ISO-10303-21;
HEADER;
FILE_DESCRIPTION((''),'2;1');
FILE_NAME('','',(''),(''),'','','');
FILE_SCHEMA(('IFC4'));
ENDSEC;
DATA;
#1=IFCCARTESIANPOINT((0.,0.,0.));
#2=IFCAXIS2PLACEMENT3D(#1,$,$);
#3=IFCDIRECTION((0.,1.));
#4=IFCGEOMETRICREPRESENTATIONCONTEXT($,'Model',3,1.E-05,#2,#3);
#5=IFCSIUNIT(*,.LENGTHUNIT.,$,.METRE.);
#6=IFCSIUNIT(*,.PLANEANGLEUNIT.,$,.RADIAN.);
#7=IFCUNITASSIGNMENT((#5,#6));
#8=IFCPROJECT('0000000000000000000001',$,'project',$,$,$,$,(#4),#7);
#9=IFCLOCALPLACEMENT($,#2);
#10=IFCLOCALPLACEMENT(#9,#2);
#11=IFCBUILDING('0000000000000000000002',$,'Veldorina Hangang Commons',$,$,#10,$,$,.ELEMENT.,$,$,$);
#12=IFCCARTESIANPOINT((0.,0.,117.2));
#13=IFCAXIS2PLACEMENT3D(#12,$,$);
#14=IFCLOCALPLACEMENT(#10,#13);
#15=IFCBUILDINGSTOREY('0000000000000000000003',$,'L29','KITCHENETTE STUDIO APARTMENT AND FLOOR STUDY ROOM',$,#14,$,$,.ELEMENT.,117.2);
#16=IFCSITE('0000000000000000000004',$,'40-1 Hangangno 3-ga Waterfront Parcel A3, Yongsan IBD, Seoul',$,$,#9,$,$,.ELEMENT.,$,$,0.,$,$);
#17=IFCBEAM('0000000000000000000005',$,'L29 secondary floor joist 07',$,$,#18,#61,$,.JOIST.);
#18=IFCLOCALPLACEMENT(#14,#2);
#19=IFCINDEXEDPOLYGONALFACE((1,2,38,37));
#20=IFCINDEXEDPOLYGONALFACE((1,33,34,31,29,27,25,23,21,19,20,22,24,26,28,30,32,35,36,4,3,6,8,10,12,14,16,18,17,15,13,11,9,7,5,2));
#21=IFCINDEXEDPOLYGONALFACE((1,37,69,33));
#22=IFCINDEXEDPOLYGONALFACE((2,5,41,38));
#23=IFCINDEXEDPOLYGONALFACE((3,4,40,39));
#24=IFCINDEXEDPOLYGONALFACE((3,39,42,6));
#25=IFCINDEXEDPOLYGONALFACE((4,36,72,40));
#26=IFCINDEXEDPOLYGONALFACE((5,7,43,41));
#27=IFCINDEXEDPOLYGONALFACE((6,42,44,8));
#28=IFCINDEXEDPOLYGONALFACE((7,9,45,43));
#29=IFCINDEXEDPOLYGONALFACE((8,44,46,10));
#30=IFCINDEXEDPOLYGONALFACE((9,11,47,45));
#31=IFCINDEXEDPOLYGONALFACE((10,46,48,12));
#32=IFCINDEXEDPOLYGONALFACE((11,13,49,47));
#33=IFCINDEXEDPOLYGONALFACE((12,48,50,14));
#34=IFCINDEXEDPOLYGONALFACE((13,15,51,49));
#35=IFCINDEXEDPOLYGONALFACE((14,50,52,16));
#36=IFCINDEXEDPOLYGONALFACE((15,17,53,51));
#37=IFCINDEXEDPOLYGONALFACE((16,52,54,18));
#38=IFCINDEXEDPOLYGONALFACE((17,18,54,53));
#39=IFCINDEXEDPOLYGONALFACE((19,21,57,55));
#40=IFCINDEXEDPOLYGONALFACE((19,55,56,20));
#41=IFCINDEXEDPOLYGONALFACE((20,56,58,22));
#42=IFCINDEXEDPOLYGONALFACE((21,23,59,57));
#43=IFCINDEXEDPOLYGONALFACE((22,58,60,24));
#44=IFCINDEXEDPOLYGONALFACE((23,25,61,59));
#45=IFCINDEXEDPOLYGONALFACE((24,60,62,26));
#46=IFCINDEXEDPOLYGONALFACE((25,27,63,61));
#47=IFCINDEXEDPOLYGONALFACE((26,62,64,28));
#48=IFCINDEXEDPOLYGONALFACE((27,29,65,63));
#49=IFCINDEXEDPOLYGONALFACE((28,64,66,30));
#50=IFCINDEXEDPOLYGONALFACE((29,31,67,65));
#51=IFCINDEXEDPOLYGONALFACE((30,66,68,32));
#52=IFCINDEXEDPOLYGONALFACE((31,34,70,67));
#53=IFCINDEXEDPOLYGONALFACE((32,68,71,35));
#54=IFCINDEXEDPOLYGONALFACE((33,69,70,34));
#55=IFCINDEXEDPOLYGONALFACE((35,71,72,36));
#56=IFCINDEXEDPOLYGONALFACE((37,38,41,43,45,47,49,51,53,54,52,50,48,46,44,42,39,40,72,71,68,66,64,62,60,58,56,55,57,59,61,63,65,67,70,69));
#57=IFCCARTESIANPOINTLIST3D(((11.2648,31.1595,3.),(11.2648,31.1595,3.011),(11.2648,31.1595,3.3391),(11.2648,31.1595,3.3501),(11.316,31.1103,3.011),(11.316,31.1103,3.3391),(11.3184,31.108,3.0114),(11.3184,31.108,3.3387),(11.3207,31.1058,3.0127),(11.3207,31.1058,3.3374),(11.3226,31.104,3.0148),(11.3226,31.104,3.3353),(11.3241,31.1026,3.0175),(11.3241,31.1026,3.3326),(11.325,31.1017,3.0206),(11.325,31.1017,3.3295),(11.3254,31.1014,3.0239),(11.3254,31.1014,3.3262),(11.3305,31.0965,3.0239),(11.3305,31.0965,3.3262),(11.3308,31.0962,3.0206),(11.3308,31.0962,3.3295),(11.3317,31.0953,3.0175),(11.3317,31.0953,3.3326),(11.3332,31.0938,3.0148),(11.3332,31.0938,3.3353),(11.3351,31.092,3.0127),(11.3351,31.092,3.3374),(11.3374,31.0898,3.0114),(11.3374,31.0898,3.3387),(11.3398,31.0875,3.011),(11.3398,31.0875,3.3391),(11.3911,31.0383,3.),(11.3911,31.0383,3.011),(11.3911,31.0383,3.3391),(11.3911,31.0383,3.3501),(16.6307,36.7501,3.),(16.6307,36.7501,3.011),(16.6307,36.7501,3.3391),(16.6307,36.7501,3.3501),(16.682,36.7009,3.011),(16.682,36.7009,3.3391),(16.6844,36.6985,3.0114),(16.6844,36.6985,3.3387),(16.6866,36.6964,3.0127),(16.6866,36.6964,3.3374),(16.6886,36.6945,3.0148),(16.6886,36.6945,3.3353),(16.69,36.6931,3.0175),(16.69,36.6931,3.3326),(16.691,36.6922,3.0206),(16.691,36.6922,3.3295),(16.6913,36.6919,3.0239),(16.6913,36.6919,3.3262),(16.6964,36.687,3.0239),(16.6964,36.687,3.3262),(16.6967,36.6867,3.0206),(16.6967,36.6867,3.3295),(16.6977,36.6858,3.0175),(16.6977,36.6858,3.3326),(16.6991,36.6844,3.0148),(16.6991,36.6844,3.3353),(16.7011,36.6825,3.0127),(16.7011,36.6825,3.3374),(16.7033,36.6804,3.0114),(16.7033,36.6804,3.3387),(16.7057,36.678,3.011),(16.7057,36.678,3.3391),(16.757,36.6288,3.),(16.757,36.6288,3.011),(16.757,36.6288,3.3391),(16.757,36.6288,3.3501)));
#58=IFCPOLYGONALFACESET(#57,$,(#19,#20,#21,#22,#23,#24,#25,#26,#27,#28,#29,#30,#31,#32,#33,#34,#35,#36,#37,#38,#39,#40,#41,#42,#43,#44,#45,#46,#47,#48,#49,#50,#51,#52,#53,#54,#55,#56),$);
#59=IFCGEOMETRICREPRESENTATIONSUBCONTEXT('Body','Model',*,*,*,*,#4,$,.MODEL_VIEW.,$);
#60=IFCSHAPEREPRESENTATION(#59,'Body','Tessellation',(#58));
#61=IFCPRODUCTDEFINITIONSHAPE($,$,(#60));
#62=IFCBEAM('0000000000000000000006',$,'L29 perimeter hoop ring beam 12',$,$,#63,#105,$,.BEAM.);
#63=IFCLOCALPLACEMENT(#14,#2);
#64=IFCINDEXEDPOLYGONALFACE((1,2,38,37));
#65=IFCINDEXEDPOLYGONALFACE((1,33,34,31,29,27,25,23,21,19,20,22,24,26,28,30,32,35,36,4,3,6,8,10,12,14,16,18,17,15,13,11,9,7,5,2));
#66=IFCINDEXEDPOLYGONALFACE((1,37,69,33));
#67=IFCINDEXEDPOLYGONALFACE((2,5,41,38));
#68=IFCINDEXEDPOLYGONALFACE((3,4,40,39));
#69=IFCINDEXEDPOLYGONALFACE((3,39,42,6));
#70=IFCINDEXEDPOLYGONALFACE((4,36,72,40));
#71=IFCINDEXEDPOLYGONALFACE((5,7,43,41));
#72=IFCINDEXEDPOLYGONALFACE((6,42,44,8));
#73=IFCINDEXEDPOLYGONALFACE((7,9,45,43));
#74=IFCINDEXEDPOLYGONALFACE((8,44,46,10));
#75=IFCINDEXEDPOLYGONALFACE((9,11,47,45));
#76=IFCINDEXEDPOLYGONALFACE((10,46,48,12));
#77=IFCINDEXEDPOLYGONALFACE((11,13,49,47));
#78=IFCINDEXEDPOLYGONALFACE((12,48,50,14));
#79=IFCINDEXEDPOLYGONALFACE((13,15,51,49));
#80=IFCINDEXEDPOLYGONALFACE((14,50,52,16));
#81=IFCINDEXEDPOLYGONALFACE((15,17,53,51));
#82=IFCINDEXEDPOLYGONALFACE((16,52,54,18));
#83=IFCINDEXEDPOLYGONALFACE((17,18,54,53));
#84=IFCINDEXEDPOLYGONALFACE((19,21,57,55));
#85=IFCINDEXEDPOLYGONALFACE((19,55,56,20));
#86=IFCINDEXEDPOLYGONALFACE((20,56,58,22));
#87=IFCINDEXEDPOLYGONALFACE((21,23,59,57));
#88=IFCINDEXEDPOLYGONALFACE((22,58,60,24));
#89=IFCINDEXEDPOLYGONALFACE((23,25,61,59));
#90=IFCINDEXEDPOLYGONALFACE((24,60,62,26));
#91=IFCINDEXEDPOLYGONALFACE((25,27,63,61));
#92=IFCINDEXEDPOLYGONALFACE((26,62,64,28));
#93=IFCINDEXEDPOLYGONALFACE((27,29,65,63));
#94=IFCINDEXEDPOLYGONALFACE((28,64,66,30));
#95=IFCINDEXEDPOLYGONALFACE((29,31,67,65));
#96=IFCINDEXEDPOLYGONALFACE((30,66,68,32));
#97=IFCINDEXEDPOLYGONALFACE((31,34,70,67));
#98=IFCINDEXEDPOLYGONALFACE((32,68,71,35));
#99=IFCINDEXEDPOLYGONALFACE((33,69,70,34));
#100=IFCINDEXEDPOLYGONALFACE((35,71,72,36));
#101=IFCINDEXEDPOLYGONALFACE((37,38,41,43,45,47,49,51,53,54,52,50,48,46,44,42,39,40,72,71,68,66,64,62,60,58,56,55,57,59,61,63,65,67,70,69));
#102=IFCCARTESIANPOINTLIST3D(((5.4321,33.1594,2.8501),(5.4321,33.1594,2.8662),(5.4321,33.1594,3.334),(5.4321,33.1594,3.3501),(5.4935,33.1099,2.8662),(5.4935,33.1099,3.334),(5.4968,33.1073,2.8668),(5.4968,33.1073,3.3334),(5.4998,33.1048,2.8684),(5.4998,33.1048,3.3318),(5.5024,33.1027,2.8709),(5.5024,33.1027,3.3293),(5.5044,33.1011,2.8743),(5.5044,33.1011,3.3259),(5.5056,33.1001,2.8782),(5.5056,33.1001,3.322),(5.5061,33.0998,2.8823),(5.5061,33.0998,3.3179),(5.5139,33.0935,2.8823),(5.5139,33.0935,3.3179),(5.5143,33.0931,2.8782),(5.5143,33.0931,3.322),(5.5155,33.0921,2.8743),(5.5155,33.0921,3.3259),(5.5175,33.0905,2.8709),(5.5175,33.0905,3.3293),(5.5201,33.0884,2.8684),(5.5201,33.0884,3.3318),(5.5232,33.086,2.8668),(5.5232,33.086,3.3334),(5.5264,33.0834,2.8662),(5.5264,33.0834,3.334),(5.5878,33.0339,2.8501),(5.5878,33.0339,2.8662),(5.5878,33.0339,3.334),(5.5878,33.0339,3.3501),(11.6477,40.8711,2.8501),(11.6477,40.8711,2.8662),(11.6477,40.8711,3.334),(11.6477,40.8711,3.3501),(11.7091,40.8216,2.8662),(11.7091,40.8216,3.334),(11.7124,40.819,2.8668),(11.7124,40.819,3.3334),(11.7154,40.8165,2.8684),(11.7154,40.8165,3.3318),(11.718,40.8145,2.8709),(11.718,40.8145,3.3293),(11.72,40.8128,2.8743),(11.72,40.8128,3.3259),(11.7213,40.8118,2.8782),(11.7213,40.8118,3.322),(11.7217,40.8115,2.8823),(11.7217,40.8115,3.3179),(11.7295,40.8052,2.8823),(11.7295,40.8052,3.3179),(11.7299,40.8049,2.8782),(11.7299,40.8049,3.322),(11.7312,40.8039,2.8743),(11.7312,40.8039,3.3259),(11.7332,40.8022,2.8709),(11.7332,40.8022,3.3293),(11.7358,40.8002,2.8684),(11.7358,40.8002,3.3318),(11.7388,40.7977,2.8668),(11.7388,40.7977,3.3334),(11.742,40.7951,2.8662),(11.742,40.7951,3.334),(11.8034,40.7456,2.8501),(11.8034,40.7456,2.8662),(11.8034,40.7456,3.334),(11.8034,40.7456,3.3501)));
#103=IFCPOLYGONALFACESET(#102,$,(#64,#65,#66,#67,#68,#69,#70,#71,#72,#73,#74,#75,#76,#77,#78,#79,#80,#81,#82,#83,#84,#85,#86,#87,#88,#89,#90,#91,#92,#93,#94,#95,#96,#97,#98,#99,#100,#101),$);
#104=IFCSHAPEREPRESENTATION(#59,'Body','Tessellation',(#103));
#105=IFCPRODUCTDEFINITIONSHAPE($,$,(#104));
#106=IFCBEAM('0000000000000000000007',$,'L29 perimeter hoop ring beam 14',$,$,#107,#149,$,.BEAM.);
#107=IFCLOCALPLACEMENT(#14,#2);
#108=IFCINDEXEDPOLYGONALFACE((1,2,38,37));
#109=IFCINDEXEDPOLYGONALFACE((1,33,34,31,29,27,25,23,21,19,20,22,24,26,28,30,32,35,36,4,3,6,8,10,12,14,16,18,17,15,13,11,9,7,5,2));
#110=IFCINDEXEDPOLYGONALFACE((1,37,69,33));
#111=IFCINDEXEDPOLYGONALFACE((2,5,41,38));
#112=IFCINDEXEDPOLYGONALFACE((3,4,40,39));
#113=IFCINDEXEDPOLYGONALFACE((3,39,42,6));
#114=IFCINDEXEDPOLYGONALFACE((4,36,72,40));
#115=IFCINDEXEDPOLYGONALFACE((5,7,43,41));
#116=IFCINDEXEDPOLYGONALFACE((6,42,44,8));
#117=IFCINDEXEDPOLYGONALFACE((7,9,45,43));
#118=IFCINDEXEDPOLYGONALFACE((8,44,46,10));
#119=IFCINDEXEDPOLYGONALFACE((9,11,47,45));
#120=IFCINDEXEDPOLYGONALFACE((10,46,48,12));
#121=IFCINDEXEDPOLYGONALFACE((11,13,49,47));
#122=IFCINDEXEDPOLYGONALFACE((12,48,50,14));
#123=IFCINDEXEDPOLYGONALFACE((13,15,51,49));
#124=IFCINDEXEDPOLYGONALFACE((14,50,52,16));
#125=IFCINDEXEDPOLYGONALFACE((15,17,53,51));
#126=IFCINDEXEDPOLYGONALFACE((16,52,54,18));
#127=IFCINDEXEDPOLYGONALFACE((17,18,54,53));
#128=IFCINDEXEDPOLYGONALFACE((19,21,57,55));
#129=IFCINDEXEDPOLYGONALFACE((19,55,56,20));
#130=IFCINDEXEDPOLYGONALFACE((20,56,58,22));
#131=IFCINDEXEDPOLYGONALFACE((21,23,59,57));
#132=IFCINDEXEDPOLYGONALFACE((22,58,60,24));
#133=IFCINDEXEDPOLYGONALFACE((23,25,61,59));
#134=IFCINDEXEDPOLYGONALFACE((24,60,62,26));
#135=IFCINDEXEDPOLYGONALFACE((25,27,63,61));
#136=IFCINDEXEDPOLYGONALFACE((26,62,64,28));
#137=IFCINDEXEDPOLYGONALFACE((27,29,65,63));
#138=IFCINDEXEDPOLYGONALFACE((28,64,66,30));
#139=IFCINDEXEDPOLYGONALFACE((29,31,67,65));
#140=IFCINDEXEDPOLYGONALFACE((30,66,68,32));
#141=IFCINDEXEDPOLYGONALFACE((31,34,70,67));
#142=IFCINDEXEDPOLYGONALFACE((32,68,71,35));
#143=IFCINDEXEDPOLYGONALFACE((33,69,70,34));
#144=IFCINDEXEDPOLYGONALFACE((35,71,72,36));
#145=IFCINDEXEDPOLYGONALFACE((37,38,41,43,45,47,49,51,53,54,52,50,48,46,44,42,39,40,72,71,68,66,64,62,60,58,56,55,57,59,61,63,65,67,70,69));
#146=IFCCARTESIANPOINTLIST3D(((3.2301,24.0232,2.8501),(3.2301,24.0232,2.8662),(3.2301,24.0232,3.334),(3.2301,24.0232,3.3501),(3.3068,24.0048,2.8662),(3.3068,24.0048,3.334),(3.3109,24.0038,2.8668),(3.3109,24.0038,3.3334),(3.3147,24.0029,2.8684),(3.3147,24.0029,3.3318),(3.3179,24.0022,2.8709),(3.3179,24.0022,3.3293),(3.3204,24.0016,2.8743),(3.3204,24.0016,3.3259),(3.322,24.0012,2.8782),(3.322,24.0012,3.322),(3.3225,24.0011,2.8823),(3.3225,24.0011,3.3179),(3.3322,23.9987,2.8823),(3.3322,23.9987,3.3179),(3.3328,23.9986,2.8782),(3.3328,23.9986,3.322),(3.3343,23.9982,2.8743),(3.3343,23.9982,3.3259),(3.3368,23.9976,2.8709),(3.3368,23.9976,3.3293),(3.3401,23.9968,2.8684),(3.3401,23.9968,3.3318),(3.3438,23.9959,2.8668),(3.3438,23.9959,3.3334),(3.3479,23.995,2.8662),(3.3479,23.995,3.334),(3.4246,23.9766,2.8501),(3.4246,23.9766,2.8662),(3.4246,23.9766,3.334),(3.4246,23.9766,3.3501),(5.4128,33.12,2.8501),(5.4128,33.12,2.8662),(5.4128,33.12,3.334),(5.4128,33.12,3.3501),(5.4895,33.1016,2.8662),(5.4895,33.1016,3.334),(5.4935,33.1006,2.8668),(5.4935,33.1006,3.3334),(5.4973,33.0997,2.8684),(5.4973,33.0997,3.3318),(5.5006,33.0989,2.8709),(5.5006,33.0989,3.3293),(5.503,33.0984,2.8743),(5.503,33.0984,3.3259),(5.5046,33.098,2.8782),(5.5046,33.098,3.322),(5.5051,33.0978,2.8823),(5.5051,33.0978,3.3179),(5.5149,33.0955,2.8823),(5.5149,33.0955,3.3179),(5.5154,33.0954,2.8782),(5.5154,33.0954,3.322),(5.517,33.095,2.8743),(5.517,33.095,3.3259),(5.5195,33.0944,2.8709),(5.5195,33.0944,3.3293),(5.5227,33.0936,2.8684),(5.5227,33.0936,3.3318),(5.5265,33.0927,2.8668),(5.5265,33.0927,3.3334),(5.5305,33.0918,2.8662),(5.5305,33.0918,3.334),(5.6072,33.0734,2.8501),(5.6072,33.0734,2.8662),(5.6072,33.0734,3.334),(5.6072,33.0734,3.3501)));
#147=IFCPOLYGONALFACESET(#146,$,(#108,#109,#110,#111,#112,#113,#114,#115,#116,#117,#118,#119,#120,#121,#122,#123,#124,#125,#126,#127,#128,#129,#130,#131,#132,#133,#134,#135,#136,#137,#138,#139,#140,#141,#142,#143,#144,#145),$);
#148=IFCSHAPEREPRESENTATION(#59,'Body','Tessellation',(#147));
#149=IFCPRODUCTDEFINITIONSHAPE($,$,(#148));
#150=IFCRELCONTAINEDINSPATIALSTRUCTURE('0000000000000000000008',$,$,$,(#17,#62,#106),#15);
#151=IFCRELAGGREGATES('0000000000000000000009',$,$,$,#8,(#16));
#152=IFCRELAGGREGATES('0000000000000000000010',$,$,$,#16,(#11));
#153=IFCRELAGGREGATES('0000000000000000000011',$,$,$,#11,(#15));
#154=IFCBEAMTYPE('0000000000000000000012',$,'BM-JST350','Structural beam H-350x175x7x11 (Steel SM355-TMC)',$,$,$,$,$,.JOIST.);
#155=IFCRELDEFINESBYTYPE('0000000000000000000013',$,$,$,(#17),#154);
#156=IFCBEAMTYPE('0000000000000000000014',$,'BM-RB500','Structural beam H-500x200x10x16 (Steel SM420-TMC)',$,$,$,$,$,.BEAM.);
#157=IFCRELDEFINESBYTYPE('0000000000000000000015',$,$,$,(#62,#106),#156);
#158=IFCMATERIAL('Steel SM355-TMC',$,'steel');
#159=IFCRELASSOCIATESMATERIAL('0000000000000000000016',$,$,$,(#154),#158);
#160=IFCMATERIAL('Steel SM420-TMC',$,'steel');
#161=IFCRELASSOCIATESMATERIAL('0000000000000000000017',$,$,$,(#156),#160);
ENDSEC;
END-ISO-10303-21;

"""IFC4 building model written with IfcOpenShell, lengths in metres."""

from ifc_helpers import new_model, si_unit, direction, frame, origin, origin_2d, place, context, subcontext, project, spatial, i_section, extrude, material, material_profile, profile_set, type_object, element, save


model = new_model("IFC4")

# Units and contexts
model_context = context("Model", 3, precision=1e-05, world=origin(), true_north=direction((0.0, 1.0)))
body_context = subcontext(model_context, "Body", "Model", "MODEL_VIEW")
ifc_project = project(units=[si_unit("LENGTHUNIT", "METRE"), si_unit("PLANEANGLEUNIT", "RADIAN")], contexts=[model_context])

# Site, building, storey
site_placement = place(None, origin())
site = spatial("IfcSite", under=ifc_project, at=site_placement, Name="40-1 Hangangno 3-ga Waterfront Parcel A3, Yongsan IBD, Seoul", CompositionType="ELEMENT", RefElevation=0.0)
building_placement = place(site_placement, origin())
building = spatial("IfcBuilding", under=site, at=building_placement, Name="Veldorina Hangang Commons", CompositionType="ELEMENT")
storey_placement = place(building_placement, frame((0.0, 0.0, 117.2)))
storey = spatial("IfcBuildingStorey", under=building, at=storey_placement, Name="L29", Description="KITCHENETTE STUDIO APARTMENT AND FLOOR STUDY ROOM", CompositionType="ELEMENT", Elevation=117.2)

# Beams
ifc_material_1 = material(Name="Steel SM355-TMC", Category="steel")
ifc_material_profile_1 = material_profile(ifc_material_1, i_section(OverallWidth=0.175, OverallDepth=0.3501, WebThickness=0.0071, FlangeThickness=0.011, FilletRadius=0.0129, at=origin_2d()), Name="H-350x175x7x11")
ifc_profile_set_1 = profile_set([ifc_material_profile_1], Name="Steel SM355-TMC")
beam_type_1 = type_object("IfcBeamType", Name="BM-JST350", Description="Structural beam H-350x175x7x11 (Steel SM355-TMC)", PredefinedType="JOIST", material=ifc_profile_set_1)
beam_1_placement = place(storey_placement, frame((16.6938, 36.6895, 3.175), z_axis=(-0.692466, -0.721451, 0.0), x_axis=(0.721451, -0.692466, 0.0)))
element("IfcBeam", 1, at=beam_1_placement, inside=storey, type_object=beam_type_1, Name="L29 secondary floor joist 07", PredefinedType="JOIST", context=body_context, shape_type="SweptSolid", body=[
    extrude(i_section(OverallWidth=0.175, OverallDepth=0.3501, WebThickness=0.0071, FlangeThickness=0.011, FilletRadius=0.0129, at=origin_2d()), origin(), (0.0, 0.0, 1.0), 7.749),
])
ifc_material_2 = material(Name="Steel SM420-TMC", Category="steel")
ifc_material_profile_2 = material_profile(ifc_material_2, i_section(OverallWidth=0.2, OverallDepth=0.5, WebThickness=0.01, FlangeThickness=0.0161, FilletRadius=0.0161, at=origin_2d()), Name="H-500x200x10x16")
ifc_profile_set_2 = profile_set([ifc_material_profile_2], Name="Steel SM420-TMC")
beam_type_2 = type_object("IfcBeamType", Name="BM-RB500", Description="Structural beam H-500x200x10x16 (Steel SM420-TMC)", PredefinedType="BEAM", material=ifc_profile_set_2)
beam_2_placement = place(storey_placement, frame((11.7256, 40.8083, 3.1001), z_axis=(-0.627538, -0.778586, 0.0), x_axis=(0.778586, -0.627538, 0.0)))
element("IfcBeam", 2, at=beam_2_placement, inside=storey, type_object=beam_type_2, Name="L29 perimeter hoop ring beam 12", PredefinedType="BEAM", context=body_context, shape_type="SweptSolid", body=[
    extrude(i_section(OverallWidth=0.2, OverallDepth=0.5, WebThickness=0.01, FlangeThickness=0.0161, FilletRadius=0.0161, at=origin_2d()), origin(), (0.0, 0.0, 1.0), 9.9048),
])
beam_3_placement = place(storey_placement, frame((5.51, 33.0967, 3.1001), z_axis=(-0.233314, -0.972402, 0.0), x_axis=(0.972402, -0.233314, 0.0)))
element("IfcBeam", 3, at=beam_3_placement, inside=storey, type_object=beam_type_2, Name="L29 perimeter hoop ring beam 14", PredefinedType="BEAM", context=body_context, shape_type="SweptSolid", body=[
    extrude(i_section(OverallWidth=0.2, OverallDepth=0.5, WebThickness=0.01, FlangeThickness=0.0161, FilletRadius=0.0161, at=origin_2d()), origin(), (0.0, 0.0, 1.0), 9.355),
])

save(model, "model.ifc")
